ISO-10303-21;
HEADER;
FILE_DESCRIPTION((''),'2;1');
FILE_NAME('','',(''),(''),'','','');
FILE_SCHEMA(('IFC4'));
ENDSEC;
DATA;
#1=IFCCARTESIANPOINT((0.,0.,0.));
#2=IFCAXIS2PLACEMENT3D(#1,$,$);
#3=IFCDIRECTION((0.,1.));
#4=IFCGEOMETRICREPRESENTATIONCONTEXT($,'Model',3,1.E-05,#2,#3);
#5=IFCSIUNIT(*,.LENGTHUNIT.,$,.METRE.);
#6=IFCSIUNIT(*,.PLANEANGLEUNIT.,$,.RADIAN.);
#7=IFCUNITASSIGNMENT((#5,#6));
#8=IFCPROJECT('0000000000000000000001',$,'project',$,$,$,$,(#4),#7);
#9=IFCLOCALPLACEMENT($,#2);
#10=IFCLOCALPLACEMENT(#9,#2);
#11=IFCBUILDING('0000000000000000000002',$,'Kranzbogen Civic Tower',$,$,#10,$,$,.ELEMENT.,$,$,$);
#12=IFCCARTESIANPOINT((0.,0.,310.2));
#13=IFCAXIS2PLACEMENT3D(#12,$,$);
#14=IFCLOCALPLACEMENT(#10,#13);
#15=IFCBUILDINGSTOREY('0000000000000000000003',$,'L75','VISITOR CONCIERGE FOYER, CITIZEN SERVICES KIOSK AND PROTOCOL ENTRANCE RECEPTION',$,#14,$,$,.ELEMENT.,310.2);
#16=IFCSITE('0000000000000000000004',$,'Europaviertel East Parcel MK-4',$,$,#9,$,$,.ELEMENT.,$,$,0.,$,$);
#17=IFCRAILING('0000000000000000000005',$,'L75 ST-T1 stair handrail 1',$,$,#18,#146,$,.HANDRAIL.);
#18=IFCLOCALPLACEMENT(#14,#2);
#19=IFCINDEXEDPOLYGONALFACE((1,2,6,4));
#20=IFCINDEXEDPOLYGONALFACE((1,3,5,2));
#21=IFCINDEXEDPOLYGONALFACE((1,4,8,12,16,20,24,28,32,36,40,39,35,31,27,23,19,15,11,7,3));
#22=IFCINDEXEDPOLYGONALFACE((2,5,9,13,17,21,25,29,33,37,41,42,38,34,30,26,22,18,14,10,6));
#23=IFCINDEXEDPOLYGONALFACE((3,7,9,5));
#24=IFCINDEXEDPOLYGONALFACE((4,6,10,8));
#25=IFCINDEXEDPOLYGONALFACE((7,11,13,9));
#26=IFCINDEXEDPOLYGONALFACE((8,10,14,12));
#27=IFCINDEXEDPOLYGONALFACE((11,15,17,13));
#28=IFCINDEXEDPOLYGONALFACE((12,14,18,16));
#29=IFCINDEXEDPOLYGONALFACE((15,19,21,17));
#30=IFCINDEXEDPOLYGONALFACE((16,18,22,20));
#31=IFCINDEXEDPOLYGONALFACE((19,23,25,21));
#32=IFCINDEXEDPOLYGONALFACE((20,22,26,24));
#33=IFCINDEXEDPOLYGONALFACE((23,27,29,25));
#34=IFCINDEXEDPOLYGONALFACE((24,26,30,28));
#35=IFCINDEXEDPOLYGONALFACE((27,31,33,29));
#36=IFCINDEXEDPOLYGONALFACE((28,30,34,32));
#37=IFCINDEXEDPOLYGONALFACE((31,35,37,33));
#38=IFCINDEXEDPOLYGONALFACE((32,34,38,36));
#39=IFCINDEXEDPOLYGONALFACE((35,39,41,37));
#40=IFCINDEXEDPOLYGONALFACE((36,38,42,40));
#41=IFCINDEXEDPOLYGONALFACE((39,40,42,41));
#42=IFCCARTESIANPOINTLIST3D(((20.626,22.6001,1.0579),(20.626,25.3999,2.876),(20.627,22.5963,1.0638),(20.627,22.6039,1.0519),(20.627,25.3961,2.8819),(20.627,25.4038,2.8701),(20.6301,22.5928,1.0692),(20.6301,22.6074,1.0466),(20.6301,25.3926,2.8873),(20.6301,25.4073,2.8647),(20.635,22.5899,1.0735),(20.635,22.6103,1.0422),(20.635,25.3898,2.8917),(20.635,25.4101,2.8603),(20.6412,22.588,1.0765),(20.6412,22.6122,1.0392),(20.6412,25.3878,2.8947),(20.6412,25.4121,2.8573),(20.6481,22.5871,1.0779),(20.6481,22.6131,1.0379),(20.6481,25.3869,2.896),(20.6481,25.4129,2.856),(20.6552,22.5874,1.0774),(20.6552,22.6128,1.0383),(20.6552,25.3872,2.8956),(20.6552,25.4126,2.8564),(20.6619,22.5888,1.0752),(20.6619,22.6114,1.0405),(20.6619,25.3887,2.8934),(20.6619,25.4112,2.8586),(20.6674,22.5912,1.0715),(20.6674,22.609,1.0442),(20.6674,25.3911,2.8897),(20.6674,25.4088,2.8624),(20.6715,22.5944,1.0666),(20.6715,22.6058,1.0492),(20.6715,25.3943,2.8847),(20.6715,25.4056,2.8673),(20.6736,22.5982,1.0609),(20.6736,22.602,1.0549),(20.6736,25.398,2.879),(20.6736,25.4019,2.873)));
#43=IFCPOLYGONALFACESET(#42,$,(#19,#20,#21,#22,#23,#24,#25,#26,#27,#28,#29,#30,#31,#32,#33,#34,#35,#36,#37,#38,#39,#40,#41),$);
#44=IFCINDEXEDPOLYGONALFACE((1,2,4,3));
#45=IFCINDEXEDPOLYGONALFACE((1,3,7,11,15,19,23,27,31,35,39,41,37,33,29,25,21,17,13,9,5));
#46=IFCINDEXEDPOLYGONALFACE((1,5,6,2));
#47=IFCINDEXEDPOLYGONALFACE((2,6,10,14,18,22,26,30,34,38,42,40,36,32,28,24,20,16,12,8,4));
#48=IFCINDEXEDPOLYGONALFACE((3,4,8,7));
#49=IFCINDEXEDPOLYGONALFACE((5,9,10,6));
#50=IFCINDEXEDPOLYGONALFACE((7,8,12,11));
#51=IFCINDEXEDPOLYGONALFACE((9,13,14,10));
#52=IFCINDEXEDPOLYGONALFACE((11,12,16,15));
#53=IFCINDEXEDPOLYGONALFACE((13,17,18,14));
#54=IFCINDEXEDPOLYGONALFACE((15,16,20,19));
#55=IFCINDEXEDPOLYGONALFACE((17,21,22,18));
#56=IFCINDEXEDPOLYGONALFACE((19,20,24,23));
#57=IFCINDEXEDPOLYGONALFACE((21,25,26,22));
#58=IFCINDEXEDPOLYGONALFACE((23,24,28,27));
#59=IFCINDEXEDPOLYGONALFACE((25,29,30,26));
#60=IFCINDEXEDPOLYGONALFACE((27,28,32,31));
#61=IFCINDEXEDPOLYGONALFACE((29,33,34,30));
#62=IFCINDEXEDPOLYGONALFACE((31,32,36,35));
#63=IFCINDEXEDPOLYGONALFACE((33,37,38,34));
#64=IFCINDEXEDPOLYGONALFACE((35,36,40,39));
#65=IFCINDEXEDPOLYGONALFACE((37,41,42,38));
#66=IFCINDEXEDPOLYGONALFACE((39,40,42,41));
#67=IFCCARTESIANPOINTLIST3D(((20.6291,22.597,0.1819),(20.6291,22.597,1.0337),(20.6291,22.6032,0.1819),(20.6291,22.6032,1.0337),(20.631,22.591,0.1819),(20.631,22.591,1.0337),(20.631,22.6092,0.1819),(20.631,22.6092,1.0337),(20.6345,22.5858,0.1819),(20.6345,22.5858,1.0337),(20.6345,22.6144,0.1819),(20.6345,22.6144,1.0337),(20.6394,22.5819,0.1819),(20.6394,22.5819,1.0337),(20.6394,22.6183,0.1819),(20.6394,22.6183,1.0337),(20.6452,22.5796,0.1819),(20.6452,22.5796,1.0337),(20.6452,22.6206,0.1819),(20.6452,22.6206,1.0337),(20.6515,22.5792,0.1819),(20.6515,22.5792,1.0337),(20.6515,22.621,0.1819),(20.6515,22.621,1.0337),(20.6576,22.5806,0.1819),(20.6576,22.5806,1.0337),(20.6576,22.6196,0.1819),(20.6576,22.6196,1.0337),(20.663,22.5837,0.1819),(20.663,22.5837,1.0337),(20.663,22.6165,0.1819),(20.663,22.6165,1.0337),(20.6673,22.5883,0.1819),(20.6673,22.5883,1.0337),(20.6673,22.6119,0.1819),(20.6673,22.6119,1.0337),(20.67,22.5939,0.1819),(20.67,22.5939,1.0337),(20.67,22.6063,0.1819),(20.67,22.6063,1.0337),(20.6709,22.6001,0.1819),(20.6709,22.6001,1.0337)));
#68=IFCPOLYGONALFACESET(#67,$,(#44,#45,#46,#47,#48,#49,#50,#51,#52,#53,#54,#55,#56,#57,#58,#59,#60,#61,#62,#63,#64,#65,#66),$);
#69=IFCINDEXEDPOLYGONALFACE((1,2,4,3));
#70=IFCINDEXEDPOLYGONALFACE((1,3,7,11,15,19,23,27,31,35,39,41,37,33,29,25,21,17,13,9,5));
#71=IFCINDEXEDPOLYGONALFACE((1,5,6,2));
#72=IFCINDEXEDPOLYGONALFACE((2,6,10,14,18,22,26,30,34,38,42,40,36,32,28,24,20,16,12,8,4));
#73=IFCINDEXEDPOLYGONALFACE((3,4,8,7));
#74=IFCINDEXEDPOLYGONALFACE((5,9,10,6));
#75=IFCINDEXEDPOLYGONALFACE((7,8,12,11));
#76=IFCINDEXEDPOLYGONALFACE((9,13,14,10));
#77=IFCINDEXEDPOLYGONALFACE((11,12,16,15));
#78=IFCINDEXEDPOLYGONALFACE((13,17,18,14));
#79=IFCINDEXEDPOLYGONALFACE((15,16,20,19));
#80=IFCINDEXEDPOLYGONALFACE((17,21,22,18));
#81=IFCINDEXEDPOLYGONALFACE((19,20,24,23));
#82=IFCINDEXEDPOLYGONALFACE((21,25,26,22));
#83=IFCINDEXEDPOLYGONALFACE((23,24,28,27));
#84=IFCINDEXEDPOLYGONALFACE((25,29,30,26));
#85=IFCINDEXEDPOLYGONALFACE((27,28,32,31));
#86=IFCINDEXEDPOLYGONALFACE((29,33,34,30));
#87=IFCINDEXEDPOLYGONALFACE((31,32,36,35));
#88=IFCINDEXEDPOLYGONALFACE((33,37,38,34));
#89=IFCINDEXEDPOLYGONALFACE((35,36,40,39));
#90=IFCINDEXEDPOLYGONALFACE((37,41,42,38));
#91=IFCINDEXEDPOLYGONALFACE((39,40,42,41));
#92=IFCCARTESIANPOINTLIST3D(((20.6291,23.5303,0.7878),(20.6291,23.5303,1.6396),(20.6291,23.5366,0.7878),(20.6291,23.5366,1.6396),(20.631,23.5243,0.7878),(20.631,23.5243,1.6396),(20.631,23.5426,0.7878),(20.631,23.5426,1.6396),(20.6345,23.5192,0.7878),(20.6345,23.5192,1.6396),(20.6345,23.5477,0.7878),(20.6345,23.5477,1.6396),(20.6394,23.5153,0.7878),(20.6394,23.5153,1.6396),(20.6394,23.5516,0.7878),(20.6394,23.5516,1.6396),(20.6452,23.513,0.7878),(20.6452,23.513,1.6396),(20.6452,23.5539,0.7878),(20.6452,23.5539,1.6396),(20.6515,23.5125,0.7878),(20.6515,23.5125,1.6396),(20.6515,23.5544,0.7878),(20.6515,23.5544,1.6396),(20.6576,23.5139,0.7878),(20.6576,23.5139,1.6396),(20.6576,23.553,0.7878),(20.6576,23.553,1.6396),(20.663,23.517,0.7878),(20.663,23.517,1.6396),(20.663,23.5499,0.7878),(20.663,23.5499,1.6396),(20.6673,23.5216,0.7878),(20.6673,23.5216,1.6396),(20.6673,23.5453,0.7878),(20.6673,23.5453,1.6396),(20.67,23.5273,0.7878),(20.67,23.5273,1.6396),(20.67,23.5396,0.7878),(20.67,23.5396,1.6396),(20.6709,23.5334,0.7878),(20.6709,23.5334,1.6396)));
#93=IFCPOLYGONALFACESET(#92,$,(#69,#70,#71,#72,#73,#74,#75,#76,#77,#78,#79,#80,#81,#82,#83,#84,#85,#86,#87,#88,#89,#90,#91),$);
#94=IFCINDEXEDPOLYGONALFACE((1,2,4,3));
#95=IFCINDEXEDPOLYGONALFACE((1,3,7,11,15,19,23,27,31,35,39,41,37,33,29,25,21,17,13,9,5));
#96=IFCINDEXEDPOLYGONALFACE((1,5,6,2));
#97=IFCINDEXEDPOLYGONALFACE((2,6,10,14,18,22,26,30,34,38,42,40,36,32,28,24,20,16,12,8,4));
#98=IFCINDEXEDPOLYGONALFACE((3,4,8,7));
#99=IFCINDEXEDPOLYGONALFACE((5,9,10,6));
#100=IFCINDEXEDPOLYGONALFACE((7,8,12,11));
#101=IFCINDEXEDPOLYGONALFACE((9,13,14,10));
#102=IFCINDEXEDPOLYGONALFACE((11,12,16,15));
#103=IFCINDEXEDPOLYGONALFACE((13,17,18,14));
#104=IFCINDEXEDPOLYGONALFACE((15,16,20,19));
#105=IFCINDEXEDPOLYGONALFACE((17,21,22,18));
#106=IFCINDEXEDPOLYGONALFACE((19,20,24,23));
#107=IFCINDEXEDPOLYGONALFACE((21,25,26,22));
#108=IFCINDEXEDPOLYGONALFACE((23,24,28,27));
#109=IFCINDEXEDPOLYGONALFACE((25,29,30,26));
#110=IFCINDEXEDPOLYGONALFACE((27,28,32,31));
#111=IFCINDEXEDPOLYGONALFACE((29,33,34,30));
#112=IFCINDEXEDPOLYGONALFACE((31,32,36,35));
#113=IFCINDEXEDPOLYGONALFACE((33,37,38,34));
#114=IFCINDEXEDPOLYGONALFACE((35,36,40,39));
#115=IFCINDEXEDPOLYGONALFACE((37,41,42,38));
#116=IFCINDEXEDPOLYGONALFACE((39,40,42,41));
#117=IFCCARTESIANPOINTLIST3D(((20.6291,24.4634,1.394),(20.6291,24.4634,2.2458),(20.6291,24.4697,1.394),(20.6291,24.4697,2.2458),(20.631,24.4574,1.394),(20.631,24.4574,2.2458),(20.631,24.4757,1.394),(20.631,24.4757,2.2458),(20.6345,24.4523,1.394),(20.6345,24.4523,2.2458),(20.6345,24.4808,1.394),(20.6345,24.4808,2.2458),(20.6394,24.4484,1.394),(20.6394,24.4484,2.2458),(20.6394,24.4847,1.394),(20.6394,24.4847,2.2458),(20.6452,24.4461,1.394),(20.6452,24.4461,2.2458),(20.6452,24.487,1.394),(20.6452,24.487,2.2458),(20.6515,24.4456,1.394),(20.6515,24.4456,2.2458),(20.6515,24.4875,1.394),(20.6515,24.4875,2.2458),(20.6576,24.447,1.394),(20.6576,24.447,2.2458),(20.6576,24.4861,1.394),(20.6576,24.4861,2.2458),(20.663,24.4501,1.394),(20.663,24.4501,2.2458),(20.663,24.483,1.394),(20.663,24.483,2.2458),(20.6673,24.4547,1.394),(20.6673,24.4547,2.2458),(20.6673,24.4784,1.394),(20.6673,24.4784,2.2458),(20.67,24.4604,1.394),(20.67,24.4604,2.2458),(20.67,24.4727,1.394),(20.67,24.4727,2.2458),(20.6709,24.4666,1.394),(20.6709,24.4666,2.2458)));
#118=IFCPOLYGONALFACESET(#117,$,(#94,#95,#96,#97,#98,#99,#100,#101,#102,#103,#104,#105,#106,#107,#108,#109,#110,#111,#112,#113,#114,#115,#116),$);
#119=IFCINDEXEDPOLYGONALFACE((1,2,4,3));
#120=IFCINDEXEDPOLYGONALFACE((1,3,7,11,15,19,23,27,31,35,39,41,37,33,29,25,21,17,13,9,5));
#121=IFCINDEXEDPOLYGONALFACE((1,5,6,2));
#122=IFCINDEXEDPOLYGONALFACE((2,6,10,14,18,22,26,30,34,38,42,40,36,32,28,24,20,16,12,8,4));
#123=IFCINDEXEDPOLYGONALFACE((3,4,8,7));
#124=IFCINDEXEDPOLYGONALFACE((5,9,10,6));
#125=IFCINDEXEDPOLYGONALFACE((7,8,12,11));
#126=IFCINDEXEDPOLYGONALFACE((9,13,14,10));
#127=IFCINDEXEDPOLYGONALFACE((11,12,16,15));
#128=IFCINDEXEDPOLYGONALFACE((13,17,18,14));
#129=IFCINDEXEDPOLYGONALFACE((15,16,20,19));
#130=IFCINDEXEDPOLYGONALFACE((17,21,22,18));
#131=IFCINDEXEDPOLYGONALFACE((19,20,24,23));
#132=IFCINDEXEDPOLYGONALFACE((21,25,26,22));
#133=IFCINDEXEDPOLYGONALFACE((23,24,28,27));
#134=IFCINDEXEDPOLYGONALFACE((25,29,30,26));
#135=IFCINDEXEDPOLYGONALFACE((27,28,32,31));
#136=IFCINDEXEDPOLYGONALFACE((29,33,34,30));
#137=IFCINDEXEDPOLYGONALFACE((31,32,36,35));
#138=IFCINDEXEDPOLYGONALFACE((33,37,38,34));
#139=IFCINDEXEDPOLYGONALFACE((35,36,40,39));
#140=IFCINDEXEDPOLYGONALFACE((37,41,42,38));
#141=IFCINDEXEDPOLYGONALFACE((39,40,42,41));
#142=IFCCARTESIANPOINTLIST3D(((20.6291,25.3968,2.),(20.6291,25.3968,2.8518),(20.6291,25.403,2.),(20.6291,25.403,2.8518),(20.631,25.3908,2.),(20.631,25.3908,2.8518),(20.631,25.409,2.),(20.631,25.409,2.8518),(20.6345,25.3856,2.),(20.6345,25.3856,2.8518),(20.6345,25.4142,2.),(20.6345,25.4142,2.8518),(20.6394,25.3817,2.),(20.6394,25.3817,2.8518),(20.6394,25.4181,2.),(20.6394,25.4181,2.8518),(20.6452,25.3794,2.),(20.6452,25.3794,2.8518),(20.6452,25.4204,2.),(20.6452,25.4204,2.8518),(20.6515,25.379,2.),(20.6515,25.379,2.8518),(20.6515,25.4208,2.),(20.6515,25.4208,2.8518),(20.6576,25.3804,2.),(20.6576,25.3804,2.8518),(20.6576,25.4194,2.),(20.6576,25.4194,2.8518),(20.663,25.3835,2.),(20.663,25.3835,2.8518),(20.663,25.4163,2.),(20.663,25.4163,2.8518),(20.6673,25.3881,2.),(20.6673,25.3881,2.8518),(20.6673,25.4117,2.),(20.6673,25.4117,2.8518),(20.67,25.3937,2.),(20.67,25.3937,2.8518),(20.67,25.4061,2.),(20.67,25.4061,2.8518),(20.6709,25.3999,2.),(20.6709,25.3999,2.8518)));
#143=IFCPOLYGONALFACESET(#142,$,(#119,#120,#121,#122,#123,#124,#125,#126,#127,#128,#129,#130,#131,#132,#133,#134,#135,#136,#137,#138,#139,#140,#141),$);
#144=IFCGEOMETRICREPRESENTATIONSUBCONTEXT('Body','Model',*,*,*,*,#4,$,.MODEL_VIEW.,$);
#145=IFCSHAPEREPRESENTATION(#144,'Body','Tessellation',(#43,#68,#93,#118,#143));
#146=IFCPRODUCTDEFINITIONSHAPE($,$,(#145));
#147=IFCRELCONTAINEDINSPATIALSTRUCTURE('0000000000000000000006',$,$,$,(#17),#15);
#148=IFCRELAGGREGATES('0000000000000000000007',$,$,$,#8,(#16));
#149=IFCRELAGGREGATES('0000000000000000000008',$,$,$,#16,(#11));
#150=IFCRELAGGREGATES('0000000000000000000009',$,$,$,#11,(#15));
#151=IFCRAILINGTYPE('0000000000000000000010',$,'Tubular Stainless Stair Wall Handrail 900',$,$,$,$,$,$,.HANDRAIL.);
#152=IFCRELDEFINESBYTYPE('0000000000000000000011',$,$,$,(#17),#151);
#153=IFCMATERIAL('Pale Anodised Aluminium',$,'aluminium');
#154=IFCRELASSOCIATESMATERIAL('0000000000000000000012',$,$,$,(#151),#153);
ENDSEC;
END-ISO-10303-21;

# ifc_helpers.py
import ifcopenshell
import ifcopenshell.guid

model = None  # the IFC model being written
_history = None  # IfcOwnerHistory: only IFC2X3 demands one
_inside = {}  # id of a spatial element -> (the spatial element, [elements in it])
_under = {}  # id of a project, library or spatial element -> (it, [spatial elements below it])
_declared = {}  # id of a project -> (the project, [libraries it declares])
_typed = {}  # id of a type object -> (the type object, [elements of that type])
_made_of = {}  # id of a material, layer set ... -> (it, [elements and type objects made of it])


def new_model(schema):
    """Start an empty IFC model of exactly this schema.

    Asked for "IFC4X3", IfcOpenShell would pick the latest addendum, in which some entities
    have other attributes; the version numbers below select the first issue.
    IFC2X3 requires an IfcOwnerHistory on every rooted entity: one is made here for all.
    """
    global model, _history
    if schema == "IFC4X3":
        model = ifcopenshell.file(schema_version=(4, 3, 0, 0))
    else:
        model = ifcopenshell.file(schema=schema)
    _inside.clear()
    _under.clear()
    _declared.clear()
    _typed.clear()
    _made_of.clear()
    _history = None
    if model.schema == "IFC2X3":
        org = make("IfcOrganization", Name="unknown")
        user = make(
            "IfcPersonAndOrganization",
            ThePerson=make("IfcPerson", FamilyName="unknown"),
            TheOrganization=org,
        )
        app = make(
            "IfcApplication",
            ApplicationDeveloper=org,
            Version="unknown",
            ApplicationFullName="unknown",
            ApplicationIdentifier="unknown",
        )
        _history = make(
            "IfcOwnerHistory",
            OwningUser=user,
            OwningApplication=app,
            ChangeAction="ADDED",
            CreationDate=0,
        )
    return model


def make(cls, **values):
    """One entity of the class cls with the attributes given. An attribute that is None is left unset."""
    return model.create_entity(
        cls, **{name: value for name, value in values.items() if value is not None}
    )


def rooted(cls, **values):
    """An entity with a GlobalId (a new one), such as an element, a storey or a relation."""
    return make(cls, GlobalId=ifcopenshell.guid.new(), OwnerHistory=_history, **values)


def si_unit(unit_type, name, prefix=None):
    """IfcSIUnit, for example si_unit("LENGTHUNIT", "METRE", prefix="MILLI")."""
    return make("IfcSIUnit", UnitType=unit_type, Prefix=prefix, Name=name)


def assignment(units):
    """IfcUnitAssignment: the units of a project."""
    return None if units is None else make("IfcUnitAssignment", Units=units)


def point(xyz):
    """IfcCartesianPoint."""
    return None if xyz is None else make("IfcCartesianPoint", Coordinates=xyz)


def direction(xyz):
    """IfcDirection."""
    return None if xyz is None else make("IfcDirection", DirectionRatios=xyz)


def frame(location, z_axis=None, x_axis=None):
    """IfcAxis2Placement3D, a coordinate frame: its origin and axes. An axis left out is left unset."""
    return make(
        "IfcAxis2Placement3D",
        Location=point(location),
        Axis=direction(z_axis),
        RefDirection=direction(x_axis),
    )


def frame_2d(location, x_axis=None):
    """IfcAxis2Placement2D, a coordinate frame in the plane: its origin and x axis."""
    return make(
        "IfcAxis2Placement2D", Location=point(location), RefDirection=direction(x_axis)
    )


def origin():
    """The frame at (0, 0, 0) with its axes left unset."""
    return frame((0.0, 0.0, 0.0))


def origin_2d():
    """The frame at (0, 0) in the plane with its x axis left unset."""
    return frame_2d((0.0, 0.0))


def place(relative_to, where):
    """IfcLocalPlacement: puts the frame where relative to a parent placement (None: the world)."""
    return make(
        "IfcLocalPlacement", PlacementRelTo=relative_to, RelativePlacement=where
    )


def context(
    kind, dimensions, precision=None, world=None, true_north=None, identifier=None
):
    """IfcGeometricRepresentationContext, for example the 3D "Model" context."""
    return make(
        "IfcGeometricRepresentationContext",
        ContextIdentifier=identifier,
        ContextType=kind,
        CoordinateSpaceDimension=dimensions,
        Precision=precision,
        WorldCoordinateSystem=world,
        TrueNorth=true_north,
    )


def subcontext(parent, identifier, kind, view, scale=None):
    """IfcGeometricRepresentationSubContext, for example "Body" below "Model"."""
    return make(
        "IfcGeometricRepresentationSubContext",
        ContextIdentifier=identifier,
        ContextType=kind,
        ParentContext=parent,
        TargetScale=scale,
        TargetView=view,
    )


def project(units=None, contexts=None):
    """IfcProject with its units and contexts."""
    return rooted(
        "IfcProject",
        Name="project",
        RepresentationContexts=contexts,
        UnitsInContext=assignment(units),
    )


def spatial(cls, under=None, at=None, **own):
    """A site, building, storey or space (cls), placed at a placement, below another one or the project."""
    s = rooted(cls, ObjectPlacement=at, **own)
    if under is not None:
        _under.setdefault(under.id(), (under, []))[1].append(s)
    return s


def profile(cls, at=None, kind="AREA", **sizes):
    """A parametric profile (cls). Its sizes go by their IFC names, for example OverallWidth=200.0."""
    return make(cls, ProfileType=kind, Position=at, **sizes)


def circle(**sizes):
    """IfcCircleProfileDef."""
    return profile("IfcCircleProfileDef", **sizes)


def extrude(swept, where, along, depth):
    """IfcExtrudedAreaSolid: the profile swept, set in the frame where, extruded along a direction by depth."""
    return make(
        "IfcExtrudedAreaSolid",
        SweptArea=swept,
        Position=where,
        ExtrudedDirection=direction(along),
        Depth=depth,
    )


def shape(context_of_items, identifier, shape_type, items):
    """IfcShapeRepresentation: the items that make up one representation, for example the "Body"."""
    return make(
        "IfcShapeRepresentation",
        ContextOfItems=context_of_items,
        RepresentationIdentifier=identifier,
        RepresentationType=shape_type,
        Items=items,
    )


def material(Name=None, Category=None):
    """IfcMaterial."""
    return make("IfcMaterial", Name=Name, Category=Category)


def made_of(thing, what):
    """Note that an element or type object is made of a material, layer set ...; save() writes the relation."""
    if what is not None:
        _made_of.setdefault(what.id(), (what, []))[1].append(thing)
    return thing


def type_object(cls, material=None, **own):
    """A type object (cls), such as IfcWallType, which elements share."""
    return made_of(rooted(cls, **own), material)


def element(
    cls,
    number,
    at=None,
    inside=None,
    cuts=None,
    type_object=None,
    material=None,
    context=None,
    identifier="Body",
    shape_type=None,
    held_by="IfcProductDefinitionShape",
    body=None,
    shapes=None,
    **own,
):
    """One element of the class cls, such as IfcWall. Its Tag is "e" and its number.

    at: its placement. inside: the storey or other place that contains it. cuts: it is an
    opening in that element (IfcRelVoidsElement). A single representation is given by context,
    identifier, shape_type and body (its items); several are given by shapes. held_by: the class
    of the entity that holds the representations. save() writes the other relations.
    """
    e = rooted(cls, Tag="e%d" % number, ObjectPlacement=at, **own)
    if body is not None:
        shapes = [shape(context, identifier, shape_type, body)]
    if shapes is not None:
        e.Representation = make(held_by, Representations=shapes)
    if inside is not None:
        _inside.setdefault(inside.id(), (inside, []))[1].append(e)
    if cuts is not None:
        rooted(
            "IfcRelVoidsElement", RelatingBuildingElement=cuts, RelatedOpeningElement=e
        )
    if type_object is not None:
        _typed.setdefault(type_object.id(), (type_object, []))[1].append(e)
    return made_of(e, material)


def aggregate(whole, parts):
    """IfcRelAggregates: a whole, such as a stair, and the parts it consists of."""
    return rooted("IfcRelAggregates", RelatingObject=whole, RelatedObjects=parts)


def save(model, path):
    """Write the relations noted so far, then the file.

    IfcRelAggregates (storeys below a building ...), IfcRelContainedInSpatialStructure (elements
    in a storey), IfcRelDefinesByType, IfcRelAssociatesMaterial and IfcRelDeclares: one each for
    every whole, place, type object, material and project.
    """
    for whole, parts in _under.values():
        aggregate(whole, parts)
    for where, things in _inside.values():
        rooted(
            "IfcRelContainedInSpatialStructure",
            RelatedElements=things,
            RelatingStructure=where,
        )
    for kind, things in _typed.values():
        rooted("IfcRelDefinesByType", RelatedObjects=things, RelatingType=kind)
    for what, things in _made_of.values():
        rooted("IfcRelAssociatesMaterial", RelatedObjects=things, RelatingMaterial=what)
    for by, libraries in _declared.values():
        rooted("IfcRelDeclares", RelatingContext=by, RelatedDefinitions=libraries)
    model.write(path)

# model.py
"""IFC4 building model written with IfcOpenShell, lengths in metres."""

from ifc_helpers import new_model, si_unit, direction, frame, origin, origin_2d, place, context, subcontext, project, spatial, circle, extrude, material, type_object, element, save


model = new_model("IFC4")

# Units and contexts
model_context = context("Model", 3, precision=1e-05, world=origin(), true_north=direction((0.0, 1.0)))
body_context = subcontext(model_context, "Body", "Model", "MODEL_VIEW")
ifc_project = project(units=[si_unit("LENGTHUNIT", "METRE"), si_unit("PLANEANGLEUNIT", "RADIAN")], contexts=[model_context])

# Site, building, storey
site_placement = place(None, origin())
site = spatial("IfcSite", under=ifc_project, at=site_placement, Name="Europaviertel East Parcel MK-4", CompositionType="ELEMENT", RefElevation=0.0)
building_placement = place(site_placement, origin())
building = spatial("IfcBuilding", under=site, at=building_placement, Name="Kranzbogen Civic Tower", CompositionType="ELEMENT")
storey_placement = place(building_placement, frame((0.0, 0.0, 310.2)))
storey = spatial("IfcBuildingStorey", under=building, at=storey_placement, Name="L75", Description="VISITOR CONCIERGE FOYER, CITIZEN SERVICES KIOSK AND PROTOCOL ENTRANCE RECEPTION", CompositionType="ELEMENT", Elevation=310.2)

# Shared definitions
ifc_material_1 = material(Name="Pale Anodised Aluminium", Category="aluminium")

# Railing
railing_type_1 = type_object("IfcRailingType", Name="Tubular Stainless Stair Wall Handrail 900", PredefinedType="HANDRAIL", material=ifc_material_1)
railing_1_placement = place(storey_placement, frame((20.6499, 22.6001, 0.1819)))
element("IfcRailing", 1, at=railing_1_placement, inside=storey, type_object=railing_type_1, Name="L75 ST-T1 stair handrail 1", PredefinedType="HANDRAIL", context=body_context, shape_type="SweptSolid", body=[
    extrude(circle(Radius=0.0239, at=origin_2d()), frame((0.0, 0.0, 0.876), z_axis=(0.0, 0.838684, 0.544618), x_axis=(-1.0, 0.0, 0.0)), (0.0, 0.0, 1.0), 3.3384),
    extrude(circle(Radius=0.021, at=origin_2d()), origin(), (0.0, 0.0, 1.0), 0.8518),
    extrude(circle(Radius=0.021, at=origin_2d()), frame((0.0, 0.9333, 0.606)), (0.0, 0.0, 1.0), 0.8518),
    extrude(circle(Radius=0.021, at=origin_2d()), frame((0.0, 1.8665, 1.2122)), (0.0, 0.0, 1.0), 0.8518),
    extrude(circle(Radius=0.021, at=origin_2d()), frame((0.0, 2.7998, 1.8181)), (0.0, 0.0, 1.0), 0.8518),
])

save(model, "model.ifc")
